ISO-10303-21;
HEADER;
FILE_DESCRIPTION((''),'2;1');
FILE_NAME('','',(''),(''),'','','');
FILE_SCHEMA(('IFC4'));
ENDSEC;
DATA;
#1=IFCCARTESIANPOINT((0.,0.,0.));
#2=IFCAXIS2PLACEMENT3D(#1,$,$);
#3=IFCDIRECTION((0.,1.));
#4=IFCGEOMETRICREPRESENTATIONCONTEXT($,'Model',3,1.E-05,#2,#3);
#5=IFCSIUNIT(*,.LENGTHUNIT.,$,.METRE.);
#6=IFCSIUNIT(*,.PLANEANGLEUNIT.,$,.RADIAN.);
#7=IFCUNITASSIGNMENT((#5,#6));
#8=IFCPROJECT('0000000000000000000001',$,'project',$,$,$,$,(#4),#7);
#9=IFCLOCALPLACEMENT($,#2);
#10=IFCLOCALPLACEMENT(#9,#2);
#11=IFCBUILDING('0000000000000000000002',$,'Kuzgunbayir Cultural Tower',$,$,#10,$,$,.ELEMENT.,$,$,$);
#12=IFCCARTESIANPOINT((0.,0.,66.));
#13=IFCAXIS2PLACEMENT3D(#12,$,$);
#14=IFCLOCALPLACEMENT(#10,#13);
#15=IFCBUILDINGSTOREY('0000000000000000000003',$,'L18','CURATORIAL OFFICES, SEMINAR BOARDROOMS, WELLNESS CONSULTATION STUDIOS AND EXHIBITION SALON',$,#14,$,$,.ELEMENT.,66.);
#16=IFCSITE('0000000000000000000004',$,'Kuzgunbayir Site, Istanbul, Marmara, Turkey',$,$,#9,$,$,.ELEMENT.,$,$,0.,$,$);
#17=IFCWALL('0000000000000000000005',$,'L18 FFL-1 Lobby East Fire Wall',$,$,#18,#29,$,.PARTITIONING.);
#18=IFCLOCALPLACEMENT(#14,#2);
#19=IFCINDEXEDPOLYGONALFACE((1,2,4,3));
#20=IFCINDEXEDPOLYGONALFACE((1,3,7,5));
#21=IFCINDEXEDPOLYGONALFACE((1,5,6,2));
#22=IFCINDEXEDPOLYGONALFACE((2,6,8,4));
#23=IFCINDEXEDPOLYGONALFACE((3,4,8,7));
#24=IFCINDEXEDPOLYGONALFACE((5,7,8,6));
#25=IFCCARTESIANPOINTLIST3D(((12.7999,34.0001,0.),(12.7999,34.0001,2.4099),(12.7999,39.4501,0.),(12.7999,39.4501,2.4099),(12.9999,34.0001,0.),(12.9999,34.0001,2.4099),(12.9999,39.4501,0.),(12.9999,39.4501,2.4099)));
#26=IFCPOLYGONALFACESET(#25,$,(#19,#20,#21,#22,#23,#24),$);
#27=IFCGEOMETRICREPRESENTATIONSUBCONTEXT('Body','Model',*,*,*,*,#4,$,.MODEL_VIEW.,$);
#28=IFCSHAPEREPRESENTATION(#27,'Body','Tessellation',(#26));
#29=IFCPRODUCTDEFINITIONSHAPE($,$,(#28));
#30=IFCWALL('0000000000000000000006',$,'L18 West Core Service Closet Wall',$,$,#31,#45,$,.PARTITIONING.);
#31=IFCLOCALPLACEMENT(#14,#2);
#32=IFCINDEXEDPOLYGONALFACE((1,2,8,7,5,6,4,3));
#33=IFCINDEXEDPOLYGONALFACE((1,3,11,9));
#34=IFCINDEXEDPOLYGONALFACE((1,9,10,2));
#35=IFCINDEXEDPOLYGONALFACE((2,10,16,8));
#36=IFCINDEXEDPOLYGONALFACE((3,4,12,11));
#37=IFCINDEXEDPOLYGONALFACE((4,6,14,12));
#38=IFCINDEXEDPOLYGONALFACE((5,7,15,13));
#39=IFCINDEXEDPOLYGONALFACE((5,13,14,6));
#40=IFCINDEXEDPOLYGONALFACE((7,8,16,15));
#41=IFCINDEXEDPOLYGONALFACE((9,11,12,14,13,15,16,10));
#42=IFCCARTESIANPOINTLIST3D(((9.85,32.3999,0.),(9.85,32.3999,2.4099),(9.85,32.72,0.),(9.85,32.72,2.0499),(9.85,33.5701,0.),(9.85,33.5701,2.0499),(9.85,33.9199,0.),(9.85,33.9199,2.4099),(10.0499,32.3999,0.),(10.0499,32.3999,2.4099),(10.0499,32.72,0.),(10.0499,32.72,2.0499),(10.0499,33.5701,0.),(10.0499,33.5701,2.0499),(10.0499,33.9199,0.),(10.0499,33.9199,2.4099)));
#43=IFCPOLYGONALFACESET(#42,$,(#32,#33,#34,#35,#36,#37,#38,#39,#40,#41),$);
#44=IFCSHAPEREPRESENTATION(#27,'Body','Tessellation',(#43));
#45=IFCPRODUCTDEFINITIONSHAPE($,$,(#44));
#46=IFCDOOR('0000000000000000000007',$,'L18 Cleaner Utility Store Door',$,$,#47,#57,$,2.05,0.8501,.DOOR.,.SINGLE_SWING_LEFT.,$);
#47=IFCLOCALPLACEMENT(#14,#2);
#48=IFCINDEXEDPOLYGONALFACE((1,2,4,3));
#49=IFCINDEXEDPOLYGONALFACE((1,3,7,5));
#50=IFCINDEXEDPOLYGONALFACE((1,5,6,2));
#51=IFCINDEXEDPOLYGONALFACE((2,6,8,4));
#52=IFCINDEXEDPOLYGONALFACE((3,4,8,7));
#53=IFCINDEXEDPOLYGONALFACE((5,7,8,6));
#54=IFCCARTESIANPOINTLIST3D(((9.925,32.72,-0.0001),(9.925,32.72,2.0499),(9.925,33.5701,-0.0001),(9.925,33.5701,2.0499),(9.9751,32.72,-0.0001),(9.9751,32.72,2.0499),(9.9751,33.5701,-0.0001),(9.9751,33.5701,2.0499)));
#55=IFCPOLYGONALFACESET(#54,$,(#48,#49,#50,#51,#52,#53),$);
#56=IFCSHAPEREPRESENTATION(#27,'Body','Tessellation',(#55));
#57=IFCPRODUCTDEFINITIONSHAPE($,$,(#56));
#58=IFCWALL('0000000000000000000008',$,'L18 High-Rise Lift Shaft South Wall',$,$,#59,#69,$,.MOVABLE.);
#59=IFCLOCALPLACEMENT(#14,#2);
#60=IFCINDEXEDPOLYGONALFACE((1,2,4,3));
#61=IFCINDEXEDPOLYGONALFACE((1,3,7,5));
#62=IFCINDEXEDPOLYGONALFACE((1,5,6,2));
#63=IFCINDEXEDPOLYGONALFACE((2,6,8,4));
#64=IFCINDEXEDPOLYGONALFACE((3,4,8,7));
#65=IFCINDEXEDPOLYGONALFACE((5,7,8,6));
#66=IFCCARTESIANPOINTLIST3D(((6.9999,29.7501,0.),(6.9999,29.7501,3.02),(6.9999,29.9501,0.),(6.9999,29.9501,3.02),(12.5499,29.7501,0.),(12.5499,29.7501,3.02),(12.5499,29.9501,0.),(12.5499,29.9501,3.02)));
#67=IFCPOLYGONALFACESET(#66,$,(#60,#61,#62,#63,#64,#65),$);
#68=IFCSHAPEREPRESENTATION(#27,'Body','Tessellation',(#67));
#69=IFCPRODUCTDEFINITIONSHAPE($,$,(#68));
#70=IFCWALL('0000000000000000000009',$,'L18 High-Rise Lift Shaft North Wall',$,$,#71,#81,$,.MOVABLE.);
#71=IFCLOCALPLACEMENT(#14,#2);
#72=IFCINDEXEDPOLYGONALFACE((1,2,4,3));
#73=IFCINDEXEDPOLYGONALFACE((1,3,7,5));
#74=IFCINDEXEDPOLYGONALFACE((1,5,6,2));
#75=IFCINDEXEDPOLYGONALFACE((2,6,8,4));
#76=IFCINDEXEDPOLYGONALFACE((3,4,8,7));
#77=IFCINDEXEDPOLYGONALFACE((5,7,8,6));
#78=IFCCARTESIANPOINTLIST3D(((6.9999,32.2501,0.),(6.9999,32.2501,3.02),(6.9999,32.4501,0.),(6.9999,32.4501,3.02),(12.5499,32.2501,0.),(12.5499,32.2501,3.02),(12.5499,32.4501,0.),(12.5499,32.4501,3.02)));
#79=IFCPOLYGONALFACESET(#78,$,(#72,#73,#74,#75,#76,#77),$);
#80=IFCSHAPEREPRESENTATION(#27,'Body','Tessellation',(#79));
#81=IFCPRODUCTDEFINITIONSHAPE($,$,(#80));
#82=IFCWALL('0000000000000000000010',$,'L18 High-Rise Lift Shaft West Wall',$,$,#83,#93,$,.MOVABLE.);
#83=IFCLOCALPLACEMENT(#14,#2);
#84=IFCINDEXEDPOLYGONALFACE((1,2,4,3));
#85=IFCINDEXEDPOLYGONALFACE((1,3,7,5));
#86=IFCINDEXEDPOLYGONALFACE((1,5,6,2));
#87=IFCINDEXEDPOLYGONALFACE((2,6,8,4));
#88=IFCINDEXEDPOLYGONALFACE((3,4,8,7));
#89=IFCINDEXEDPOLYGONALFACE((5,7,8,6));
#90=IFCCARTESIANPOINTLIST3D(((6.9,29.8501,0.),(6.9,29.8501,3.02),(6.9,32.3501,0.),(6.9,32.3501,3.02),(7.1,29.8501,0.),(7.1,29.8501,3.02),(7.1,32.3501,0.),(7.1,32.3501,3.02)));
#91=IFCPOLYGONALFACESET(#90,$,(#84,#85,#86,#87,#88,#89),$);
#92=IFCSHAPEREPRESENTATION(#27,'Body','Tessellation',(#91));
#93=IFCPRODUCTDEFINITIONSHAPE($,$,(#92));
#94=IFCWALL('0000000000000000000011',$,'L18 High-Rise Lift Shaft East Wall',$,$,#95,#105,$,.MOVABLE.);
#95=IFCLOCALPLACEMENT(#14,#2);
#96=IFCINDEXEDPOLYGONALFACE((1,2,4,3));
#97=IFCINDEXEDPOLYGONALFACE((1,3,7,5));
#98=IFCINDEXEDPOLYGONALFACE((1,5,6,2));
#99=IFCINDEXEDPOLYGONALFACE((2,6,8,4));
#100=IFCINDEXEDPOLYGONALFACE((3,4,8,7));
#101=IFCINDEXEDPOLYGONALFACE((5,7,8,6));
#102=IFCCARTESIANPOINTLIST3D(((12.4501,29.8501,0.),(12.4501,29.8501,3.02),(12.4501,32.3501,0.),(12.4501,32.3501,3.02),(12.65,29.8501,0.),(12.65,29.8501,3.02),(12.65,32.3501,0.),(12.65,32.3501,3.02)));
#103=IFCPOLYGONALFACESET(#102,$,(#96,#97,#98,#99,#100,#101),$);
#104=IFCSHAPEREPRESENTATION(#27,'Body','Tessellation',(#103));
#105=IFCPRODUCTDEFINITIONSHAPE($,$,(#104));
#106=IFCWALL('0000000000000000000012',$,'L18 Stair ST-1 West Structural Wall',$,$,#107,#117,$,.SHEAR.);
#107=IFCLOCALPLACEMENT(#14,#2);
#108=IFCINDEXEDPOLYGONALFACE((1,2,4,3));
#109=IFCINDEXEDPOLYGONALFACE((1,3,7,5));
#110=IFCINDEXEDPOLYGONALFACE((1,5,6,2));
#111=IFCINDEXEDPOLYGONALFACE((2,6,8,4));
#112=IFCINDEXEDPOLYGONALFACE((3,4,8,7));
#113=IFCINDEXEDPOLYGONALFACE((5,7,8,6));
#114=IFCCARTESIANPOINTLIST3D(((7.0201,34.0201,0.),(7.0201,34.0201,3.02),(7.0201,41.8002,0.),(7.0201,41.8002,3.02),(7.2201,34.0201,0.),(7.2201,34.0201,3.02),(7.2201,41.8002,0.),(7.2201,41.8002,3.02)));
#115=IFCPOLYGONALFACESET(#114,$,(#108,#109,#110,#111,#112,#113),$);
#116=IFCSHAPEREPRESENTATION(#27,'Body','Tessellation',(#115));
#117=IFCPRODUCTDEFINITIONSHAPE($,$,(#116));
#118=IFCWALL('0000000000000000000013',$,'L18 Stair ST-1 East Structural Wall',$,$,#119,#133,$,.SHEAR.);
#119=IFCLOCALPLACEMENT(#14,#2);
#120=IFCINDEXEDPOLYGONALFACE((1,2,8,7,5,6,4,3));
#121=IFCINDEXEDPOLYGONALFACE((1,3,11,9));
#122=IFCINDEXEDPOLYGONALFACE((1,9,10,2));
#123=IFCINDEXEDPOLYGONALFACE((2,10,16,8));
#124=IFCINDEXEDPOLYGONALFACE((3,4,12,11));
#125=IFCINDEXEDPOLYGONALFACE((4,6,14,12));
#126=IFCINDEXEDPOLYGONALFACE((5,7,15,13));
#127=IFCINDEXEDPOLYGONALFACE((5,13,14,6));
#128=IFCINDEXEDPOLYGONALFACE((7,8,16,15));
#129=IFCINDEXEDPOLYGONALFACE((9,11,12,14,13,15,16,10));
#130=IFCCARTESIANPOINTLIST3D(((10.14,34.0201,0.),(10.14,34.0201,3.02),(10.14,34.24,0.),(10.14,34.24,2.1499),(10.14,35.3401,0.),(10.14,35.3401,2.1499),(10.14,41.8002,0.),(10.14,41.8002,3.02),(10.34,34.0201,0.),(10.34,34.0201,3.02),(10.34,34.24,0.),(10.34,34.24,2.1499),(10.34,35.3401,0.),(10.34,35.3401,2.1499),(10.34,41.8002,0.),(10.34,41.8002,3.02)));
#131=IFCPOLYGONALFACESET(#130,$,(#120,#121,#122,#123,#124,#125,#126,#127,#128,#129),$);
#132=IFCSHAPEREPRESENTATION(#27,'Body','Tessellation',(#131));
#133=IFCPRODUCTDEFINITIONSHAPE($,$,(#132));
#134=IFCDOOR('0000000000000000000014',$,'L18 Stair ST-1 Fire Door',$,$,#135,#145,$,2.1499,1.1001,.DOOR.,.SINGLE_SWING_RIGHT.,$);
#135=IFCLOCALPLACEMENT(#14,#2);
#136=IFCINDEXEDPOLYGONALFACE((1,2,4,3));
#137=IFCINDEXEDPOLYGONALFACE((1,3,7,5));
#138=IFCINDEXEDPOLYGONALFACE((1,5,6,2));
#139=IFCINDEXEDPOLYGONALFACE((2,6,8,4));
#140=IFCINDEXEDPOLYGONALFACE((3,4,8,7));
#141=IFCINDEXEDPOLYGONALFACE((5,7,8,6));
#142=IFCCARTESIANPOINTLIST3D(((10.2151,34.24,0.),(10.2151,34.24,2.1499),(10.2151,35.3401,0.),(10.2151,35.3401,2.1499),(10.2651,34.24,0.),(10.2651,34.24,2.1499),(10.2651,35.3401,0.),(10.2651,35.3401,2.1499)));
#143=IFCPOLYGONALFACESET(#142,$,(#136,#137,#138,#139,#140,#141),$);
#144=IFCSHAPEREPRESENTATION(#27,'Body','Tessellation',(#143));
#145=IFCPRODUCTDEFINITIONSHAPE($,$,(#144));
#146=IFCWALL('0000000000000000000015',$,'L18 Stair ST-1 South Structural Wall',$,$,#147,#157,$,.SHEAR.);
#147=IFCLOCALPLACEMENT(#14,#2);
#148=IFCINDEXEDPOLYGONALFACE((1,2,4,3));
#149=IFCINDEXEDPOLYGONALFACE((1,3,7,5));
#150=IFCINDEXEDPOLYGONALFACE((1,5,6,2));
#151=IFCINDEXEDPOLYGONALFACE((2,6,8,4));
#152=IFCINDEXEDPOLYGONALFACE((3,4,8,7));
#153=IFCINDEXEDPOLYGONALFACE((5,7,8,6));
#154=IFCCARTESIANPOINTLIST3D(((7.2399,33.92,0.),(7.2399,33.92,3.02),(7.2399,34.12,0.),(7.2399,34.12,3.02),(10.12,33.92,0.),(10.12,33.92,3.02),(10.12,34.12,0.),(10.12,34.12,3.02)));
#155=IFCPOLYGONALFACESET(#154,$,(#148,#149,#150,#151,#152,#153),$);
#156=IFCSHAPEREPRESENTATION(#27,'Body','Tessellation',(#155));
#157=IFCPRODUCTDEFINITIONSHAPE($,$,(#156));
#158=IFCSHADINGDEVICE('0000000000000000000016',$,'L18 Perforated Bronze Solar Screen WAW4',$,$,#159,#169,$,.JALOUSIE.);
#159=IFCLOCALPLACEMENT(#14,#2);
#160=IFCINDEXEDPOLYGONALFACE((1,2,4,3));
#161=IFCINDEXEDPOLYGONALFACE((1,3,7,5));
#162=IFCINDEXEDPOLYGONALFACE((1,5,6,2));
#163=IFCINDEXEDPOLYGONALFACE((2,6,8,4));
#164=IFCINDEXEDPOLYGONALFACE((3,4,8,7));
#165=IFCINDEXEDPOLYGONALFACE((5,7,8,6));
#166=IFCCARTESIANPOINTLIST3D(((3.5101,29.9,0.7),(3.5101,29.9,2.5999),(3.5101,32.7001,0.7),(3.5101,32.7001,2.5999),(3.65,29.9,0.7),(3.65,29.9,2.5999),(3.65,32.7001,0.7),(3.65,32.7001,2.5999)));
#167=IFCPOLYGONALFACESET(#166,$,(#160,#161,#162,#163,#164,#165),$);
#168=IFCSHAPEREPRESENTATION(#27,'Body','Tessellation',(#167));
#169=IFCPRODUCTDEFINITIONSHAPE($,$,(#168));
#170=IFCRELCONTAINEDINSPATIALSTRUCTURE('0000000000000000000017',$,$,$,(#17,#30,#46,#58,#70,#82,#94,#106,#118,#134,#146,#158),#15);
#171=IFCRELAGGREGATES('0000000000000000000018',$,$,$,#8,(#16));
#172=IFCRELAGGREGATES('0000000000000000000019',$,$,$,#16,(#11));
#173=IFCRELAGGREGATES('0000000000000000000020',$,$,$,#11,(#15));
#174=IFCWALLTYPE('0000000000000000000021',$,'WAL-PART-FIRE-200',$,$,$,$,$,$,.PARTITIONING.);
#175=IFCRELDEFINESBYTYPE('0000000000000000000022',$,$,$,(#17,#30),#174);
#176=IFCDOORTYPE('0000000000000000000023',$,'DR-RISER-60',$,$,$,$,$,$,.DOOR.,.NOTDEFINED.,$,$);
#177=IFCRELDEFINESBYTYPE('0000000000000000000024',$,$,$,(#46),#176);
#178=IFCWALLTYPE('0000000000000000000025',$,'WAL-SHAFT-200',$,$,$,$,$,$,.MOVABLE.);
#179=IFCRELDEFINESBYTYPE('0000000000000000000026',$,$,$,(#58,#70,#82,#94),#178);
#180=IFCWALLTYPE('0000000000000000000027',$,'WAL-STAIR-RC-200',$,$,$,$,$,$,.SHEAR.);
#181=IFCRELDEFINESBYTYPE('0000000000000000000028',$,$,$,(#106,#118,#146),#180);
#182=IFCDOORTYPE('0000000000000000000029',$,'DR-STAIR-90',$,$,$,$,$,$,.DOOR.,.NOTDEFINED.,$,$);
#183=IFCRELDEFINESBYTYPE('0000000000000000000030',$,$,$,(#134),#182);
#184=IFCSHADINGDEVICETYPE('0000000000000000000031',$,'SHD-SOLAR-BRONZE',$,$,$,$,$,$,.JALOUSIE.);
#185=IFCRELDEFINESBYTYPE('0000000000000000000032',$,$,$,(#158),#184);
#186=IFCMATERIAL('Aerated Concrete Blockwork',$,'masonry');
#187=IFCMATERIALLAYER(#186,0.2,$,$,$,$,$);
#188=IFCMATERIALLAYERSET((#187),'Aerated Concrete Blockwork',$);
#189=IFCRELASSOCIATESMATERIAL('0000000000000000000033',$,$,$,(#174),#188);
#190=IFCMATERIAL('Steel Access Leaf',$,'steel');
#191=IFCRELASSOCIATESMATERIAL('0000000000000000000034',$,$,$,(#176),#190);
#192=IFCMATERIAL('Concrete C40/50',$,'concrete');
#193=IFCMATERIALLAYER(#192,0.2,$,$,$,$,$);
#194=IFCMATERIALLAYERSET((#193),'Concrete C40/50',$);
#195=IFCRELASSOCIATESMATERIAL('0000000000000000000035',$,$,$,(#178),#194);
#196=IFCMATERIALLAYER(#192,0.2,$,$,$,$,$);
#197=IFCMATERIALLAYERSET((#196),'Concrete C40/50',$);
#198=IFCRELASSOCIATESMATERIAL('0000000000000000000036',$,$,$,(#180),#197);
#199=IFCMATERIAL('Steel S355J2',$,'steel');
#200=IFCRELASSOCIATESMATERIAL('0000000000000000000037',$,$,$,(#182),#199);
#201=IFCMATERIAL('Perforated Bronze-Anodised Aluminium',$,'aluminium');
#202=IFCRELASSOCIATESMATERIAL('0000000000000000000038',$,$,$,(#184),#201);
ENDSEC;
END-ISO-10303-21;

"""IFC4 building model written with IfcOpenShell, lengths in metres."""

from ifc_helpers import new_model, si_unit, direction, frame, frame_2d, origin, origin_2d, place, context, subcontext, project, spatial, rectangle, extrude, material, layer, layer_set, type_object, element, fill, save


model = new_model("IFC4")

# Units and contexts
model_context = context("Model", 3, precision=1e-05, world=origin(), true_north=direction((0.0, 1.0)))
body_context = subcontext(model_context, "Body", "Model", "MODEL_VIEW")
ifc_project = project(units=[si_unit("LENGTHUNIT", "METRE"), si_unit("PLANEANGLEUNIT", "RADIAN")], contexts=[model_context])

# Site, building, storey
site_placement = place(None, origin())
site = spatial("IfcSite", under=ifc_project, at=site_placement, Name="Kuzgunbayir Site, Istanbul, Marmara, Turkey", CompositionType="ELEMENT", RefElevation=0.0)
building_placement = place(site_placement, origin())
building = spatial("IfcBuilding", under=site, at=building_placement, Name="Kuzgunbayir Cultural Tower", CompositionType="ELEMENT")
storey_placement = place(building_placement, frame((0.0, 0.0, 66.0)))
storey = spatial("IfcBuildingStorey", under=building, at=storey_placement, Name="L18", Description="CURATORIAL OFFICES, SEMINAR BOARDROOMS, WELLNESS CONSULTATION STUDIOS AND EXHIBITION SALON", CompositionType="ELEMENT", Elevation=66.0)

# Shared definitions
ifc_material_1 = material(Name="Steel S355J2", Category="steel")

# Shared definitions
ifc_material_2 = material(Name="Perforated Bronze-Anodised Aluminium", Category="aluminium")

# Wall
ifc_material_3 = material(Name="Aerated Concrete Blockwork", Category="masonry")
ifc_layer_1 = layer(ifc_material_3, 0.2)
ifc_layer_set_1 = layer_set([ifc_layer_1], Name="Aerated Concrete Blockwork")
wall_type_1 = type_object("IfcWallType", Name="WAL-PART-FIRE-200", PredefinedType="PARTITIONING", material=ifc_layer_set_1)
wall_1_placement = place(storey_placement, frame((12.8999, 34.0, 0.0), z_axis=(0.0, 0.0, 1.0), x_axis=(0.0, 1.0, 0.0)))
element("IfcWall", 1, at=wall_1_placement, inside=storey, type_object=wall_type_1, Name="L18 FFL-1 Lobby East Fire Wall", PredefinedType="PARTITIONING", context=body_context, shape_type="SweptSolid", body=[
    extrude(rectangle(XDim=5.45, YDim=0.2, at=frame_2d((2.7251, 0.0))), origin(), (0.0, 0.0, 1.0), 2.4099),
])

# Wall, opening, door
wall_2_placement = place(storey_placement, frame((9.95, 32.3999, 0.0), z_axis=(0.0, 0.0, 1.0), x_axis=(0.0, 1.0, 0.0)))
wall_2 = element("IfcWall", 2, at=wall_2_placement, inside=storey, type_object=wall_type_1, Name="L18 West Core Service Closet Wall", PredefinedType="PARTITIONING", context=body_context, shape_type="SweptSolid", body=[
    extrude(rectangle(XDim=1.52, YDim=0.2, at=frame_2d((0.76, 0.0))), origin(), (0.0, 0.0, 1.0), 2.4099),
])
opening_1_placement = place(wall_2_placement, frame((0.3201, 0.0, 0.0)))
opening_1 = element("IfcOpeningElement", 3, at=opening_1_placement, cuts=wall_2, PredefinedType="OPENING", context=body_context, shape_type="SweptSolid", body=[
    extrude(rectangle(XDim=0.8501, YDim=2.05, at=frame_2d((0.425, 1.0249))), frame((0.0, 0.1099, 0.0), z_axis=(0.0, -1.0, 0.0), x_axis=(1.0, 0.0, 0.0)), (0.0, 0.0, 1.0), 0.22),
])
ifc_material_4 = material(Name="Steel Access Leaf", Category="steel")
door_type_1 = type_object("IfcDoorType", Name="DR-RISER-60", OperationType="NOTDEFINED", PredefinedType="DOOR", material=ifc_material_4)
door_1_placement = place(opening_1_placement, origin())
door_1 = element("IfcDoor", 4, at=door_1_placement, inside=storey, type_object=door_type_1, Name="L18 Cleaner Utility Store Door", OperationType="SINGLE_SWING_LEFT", OverallHeight=2.05, OverallWidth=0.8501, PredefinedType="DOOR", context=body_context, shape_type="SweptSolid", body=[
    extrude(rectangle(XDim=0.8501, YDim=2.05, at=frame_2d((0.425, 1.0249))), frame((0.0, 0.0249, 0.0), z_axis=(0.0, -1.0, 0.0), x_axis=(1.0, 0.0, 0.0)), (0.0, 0.0, 1.0), 0.05),
])
fill(opening_1, door_1)

# Walls
ifc_material_5 = material(Name="Concrete C40/50", Category="concrete")
ifc_layer_2 = layer(ifc_material_5, 0.2)
ifc_layer_set_2 = layer_set([ifc_layer_2], Name="Concrete C40/50")
wall_type_2 = type_object("IfcWallType", Name="WAL-SHAFT-200", PredefinedType="MOVABLE", material=ifc_layer_set_2)
for number, where, z_axis, x_axis, name in (
    (5, (7.0, 29.8501, 0.0), (0.0, 0.0, 1.0), (1.0, 0.0, 0.0), "L18 High-Rise Lift Shaft South Wall"),
    (6, (7.0, 32.3501, 0.0), (0.0, 0.0, 1.0), (1.0, 0.0, 0.0), "L18 High-Rise Lift Shaft North Wall"),
):
    element("IfcWall", number, at=place(storey_placement, frame(where, z_axis=z_axis, x_axis=x_axis)), inside=storey, type_object=wall_type_2, Name=name, PredefinedType="MOVABLE", context=body_context, shape_type="SweptSolid", body=[
        extrude(rectangle(XDim=5.55, YDim=0.2, at=frame_2d((2.7749, 0.0))), origin(), (0.0, 0.0, 1.0), 3.02),
    ])
for number, where, z_axis, x_axis, name in (
    (7, (7.0, 29.8501, 0.0), (0.0, 0.0, 1.0), (0.0, 1.0, 0.0), "L18 High-Rise Lift Shaft West Wall"),
    (8, (12.55, 29.8501, 0.0), (0.0, 0.0, 1.0), (0.0, 1.0, 0.0), "L18 High-Rise Lift Shaft East Wall"),
):
    element("IfcWall", number, at=place(storey_placement, frame(where, z_axis=z_axis, x_axis=x_axis)), inside=storey, type_object=wall_type_2, Name=name, PredefinedType="MOVABLE", context=body_context, shape_type="SweptSolid", body=[
        extrude(rectangle(XDim=2.5, YDim=0.2, at=frame_2d((1.25, 0.0))), origin(), (0.0, 0.0, 1.0), 3.02),
    ])
ifc_layer_3 = layer(ifc_material_5, 0.2)
ifc_layer_set_3 = layer_set([ifc_layer_3], Name="Concrete C40/50")
wall_type_3 = type_object("IfcWallType", Name="WAL-STAIR-RC-200", PredefinedType="SHEAR", material=ifc_layer_set_3)
wall_3_placement = place(storey_placement, frame((7.1201, 34.02, 0.0), z_axis=(0.0, 0.0, 1.0), x_axis=(0.0, 1.0, 0.0)))
element("IfcWall", 9, at=wall_3_placement, inside=storey, type_object=wall_type_3, Name="L18 Stair ST-1 West Structural Wall", PredefinedType="SHEAR", context=body_context, shape_type="SweptSolid", body=[
    extrude(rectangle(XDim=7.78, YDim=0.2, at=frame_2d((3.8901, 0.0))), origin(), (0.0, 0.0, 1.0), 3.02),
])

# Wall, opening, door
wall_4_placement = place(storey_placement, frame((10.24, 34.02, 0.0), z_axis=(0.0, 0.0, 1.0), x_axis=(0.0, 1.0, 0.0)))
wall_4 = element("IfcWall", 10, at=wall_4_placement, inside=storey, type_object=wall_type_3, Name="L18 Stair ST-1 East Structural Wall", PredefinedType="SHEAR", context=body_context, shape_type="SweptSolid", body=[
    extrude(rectangle(XDim=7.78, YDim=0.2, at=frame_2d((3.8901, 0.0))), origin(), (0.0, 0.0, 1.0), 3.02),
])
opening_2_placement = place(wall_4_placement, frame((0.22, 0.0, 0.0)))
opening_2 = element("IfcOpeningElement", 11, at=opening_2_placement, cuts=wall_4, PredefinedType="OPENING", context=body_context, shape_type="SweptSolid", body=[
    extrude(rectangle(XDim=1.1001, YDim=2.1499, at=frame_2d((0.55, 1.075))), frame((0.0, 0.1099, 0.0), z_axis=(0.0, -1.0, 0.0), x_axis=(1.0, 0.0, 0.0)), (0.0, 0.0, 1.0), 0.22),
])
door_type_2 = type_object("IfcDoorType", Name="DR-STAIR-90", OperationType="NOTDEFINED", PredefinedType="DOOR", material=ifc_material_1)
door_2_placement = place(opening_2_placement, origin())
door_2 = element("IfcDoor", 12, at=door_2_placement, inside=storey, type_object=door_type_2, Name="L18 Stair ST-1 Fire Door", OperationType="SINGLE_SWING_RIGHT", OverallHeight=2.1499, OverallWidth=1.1001, PredefinedType="DOOR", context=body_context, shape_type="SweptSolid", body=[
    extrude(rectangle(XDim=1.1001, YDim=2.1499, at=frame_2d((0.55, 1.075))), frame((0.0, 0.0249, 0.0), z_axis=(0.0, -1.0, 0.0), x_axis=(1.0, 0.0, 0.0)), (0.0, 0.0, 1.0), 0.05),
])
fill(opening_2, door_2)

# Wall
wall_5_placement = place(storey_placement, frame((7.24, 34.02, 0.0), z_axis=(0.0, 0.0, 1.0), x_axis=(1.0, 0.0, 0.0)))
element("IfcWall", 13, at=wall_5_placement, inside=storey, type_object=wall_type_3, Name="L18 Stair ST-1 South Structural Wall", PredefinedType="SHEAR", context=body_context, shape_type="SweptSolid", body=[
    extrude(rectangle(XDim=2.8801, YDim=0.2, at=frame_2d((1.4399, 0.0))), origin(), (0.0, 0.0, 1.0), 3.02),
])

# Shading device
shading_device_type = type_object("IfcShadingDeviceType", Name="SHD-SOLAR-BRONZE", PredefinedType="JALOUSIE", material=ifc_material_2)
shading_device_placement = place(storey_placement, frame((3.5801, 31.3, 0.7), z_axis=(0.0, 0.0, 1.0), x_axis=(1.0, 0.0, 0.0)))
element("IfcShadingDevice", 14, at=shading_device_placement, inside=storey, type_object=shading_device_type, Name="L18 Perforated Bronze Solar Screen WAW4", PredefinedType="JALOUSIE", context=body_context, shape_type="SweptSolid", body=[
    extrude(rectangle(XDim=0.1399, YDim=2.8, at=origin_2d()), origin(), (0.0, 0.0, 1.0), 1.8999),
])

save(model, "model.ifc")
